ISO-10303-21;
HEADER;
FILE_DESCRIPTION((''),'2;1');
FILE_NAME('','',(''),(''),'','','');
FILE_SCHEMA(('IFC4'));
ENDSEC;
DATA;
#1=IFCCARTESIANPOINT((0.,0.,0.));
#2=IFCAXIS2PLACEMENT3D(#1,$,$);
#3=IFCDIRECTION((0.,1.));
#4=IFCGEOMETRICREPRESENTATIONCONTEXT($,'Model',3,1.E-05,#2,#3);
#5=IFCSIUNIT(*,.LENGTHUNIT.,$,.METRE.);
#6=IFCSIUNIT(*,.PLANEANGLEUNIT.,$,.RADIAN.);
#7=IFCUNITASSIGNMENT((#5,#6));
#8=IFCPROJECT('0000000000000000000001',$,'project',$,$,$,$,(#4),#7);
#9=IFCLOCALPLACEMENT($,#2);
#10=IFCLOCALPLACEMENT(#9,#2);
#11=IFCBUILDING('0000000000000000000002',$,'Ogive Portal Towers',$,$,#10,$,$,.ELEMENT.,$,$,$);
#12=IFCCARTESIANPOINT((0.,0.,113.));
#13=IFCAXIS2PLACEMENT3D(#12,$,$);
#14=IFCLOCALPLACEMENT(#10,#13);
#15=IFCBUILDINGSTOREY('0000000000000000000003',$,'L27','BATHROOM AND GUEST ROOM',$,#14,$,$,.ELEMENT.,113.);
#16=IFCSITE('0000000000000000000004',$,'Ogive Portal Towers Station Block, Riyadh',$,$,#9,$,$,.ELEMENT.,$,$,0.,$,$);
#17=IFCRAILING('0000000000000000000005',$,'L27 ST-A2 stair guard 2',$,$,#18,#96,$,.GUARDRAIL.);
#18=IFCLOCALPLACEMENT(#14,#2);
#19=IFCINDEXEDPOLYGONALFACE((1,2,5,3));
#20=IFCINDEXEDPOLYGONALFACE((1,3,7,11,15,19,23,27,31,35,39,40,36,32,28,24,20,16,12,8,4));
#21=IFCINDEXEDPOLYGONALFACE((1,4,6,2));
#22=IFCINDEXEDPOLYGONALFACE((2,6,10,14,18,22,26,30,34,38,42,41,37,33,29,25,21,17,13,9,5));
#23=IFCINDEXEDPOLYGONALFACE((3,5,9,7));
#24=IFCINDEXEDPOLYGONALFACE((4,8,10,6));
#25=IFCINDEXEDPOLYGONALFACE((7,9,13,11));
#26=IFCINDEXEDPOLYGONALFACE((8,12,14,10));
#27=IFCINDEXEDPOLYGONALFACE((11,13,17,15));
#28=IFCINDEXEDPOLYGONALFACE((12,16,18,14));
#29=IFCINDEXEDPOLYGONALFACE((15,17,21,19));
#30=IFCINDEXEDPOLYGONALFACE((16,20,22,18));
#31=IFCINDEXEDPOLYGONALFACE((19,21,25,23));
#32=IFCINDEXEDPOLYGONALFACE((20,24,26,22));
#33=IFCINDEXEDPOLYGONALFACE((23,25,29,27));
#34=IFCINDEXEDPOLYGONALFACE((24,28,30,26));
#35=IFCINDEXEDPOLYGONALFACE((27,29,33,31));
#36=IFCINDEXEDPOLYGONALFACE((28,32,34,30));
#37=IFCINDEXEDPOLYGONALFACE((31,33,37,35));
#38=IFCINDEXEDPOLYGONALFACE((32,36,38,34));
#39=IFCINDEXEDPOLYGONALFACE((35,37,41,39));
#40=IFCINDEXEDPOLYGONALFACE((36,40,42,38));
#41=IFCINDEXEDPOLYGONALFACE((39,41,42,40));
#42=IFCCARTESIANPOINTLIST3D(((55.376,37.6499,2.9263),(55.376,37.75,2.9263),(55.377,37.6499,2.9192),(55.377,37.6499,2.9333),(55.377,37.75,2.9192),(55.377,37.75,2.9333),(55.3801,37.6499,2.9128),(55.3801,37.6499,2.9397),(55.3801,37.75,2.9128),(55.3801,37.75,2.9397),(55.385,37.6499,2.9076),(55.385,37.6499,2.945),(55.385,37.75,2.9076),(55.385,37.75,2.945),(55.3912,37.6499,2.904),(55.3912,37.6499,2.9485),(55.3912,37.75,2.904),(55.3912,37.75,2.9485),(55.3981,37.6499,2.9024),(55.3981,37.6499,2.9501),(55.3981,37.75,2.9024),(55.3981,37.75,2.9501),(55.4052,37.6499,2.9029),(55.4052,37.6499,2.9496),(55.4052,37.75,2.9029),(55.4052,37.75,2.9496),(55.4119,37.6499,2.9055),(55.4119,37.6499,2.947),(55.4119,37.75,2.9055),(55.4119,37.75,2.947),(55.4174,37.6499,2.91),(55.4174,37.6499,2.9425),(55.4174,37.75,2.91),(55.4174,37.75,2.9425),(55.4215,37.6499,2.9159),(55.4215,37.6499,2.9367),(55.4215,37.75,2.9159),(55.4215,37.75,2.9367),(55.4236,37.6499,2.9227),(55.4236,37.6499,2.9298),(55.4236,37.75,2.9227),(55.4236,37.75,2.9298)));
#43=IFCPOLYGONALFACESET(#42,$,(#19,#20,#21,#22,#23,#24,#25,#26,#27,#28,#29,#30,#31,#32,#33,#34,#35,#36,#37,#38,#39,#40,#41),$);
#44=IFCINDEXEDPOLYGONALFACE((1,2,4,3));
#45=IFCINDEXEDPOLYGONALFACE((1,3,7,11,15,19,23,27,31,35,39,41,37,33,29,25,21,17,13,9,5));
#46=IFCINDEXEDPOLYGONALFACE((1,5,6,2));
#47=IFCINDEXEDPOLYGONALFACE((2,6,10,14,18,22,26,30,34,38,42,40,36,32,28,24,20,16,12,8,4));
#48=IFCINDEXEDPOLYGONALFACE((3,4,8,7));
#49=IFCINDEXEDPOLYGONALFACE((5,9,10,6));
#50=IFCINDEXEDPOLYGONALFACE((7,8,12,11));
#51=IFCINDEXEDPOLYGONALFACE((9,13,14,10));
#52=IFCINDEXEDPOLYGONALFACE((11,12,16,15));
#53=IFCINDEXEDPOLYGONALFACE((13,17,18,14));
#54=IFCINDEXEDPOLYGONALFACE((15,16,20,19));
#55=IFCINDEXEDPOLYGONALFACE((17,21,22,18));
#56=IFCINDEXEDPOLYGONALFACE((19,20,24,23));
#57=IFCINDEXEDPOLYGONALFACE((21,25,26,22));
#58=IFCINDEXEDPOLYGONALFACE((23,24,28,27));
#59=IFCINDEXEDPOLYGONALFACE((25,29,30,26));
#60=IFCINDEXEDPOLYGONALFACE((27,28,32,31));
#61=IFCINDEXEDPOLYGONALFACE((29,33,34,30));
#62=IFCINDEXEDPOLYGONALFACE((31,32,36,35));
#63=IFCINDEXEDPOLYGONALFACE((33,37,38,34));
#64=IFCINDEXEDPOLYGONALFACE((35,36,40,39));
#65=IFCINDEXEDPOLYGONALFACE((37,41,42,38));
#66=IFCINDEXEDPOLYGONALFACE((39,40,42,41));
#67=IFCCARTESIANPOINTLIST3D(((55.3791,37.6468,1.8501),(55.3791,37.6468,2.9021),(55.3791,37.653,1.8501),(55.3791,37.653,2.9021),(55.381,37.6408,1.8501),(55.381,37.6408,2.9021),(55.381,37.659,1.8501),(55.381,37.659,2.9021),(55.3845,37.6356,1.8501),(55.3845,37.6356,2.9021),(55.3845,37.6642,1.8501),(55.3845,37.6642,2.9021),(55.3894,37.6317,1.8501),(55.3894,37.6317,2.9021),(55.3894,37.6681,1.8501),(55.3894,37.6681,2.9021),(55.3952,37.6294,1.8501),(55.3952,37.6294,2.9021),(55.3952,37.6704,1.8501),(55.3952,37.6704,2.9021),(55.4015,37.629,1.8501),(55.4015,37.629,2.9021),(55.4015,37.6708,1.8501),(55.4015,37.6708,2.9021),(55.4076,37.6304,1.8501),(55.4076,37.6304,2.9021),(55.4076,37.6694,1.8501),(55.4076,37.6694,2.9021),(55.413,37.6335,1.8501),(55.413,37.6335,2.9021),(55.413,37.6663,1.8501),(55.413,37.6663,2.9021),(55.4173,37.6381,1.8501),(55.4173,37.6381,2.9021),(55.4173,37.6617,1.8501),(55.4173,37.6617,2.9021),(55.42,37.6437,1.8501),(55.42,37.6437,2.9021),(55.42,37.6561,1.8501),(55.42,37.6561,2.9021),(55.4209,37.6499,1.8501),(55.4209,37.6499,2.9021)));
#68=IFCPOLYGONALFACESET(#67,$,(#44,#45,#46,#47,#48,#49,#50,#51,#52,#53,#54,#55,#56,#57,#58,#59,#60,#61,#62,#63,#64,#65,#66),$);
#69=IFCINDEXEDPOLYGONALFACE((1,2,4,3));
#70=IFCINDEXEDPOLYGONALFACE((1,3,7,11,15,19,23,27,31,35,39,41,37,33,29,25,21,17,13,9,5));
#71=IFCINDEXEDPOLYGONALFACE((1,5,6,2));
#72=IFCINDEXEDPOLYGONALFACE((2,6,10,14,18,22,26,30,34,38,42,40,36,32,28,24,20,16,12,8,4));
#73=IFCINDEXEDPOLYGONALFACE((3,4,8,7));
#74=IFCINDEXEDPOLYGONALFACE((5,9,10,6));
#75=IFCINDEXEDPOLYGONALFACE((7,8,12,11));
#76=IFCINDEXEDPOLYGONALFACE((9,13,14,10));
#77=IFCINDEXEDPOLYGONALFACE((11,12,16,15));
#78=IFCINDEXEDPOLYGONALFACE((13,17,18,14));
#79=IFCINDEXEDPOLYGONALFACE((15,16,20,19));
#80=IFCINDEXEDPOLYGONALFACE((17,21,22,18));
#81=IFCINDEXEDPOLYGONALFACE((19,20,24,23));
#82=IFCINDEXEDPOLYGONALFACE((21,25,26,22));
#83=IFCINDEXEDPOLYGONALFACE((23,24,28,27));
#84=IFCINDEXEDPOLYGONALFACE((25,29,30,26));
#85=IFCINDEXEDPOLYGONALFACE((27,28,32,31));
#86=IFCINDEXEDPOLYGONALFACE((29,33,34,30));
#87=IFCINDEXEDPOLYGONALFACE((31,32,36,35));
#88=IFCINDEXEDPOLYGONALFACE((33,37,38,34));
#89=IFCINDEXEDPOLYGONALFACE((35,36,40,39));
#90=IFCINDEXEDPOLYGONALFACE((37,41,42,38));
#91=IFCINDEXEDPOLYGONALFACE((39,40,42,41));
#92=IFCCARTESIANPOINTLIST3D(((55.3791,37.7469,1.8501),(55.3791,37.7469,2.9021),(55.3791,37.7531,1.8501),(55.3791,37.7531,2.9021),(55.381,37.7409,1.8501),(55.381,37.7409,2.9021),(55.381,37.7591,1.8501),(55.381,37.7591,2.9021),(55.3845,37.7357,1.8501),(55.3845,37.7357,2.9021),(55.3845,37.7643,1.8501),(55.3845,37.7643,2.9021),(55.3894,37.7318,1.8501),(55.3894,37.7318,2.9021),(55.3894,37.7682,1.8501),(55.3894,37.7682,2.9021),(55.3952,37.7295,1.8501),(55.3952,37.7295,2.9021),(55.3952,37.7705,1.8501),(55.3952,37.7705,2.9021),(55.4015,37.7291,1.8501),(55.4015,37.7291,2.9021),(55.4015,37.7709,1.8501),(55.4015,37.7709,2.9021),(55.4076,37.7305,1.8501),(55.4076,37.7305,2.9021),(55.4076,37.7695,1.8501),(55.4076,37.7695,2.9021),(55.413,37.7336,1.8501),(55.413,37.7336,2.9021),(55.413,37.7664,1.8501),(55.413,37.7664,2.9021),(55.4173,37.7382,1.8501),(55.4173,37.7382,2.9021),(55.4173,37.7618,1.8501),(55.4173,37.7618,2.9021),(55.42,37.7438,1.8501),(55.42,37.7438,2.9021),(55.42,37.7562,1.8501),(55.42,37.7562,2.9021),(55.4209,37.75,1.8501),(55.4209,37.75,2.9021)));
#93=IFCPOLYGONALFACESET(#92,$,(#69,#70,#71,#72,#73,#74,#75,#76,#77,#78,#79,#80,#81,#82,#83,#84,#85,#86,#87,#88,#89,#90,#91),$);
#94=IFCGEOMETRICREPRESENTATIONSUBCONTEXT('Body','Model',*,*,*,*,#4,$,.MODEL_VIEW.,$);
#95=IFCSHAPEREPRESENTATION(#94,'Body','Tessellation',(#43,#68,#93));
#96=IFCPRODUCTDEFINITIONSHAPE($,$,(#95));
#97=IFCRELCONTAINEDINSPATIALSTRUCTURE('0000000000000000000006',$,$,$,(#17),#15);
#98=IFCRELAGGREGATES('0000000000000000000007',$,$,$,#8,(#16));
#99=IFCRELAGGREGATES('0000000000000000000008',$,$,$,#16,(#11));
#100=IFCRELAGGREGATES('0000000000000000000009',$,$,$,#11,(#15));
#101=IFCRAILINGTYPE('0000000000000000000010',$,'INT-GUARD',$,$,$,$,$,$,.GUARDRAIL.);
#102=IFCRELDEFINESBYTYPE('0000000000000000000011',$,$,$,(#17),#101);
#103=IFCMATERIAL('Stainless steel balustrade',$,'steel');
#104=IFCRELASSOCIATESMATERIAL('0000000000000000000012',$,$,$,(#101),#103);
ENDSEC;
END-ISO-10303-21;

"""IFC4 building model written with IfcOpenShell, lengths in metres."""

from ifc_helpers import new_model, si_unit, direction, frame, origin, origin_2d, place, context, subcontext, project, spatial, circle, extrude, material, type_object, element, save


model = new_model("IFC4")

# Units and contexts
model_context = context("Model", 3, precision=1e-05, world=origin(), true_north=direction((0.0, 1.0)))
body_context = subcontext(model_context, "Body", "Model", "MODEL_VIEW")
ifc_project = project(units=[si_unit("LENGTHUNIT", "METRE"), si_unit("PLANEANGLEUNIT", "RADIAN")], contexts=[model_context])

# Site, building, storey
site_placement = place(None, origin())
site = spatial("IfcSite", under=ifc_project, at=site_placement, Name="Ogive Portal Towers Station Block, Riyadh", CompositionType="ELEMENT", RefElevation=0.0)
building_placement = place(site_placement, origin())
building = spatial("IfcBuilding", under=site, at=building_placement, Name="Ogive Portal Towers", CompositionType="ELEMENT")
storey_placement = place(building_placement, frame((0.0, 0.0, 113.0)))
storey = spatial("IfcBuildingStorey", under=building, at=storey_placement, Name="L27", Description="BATHROOM AND GUEST ROOM", CompositionType="ELEMENT", Elevation=113.0)

# Railing
ifc_material_1 = material(Name="Stainless steel balustrade", Category="steel")
railing_type_1 = type_object("IfcRailingType", Name="INT-GUARD", PredefinedType="GUARDRAIL", material=ifc_material_1)
railing_1_placement = place(storey_placement, frame((55.3999, 37.6499, 1.8501)))
element("IfcRailing", 1, at=railing_1_placement, inside=storey, type_object=railing_type_1, Name="L27 ST-A2 stair guard 2", PredefinedType="GUARDRAIL", context=body_context, shape_type="SweptSolid", body=[
    extrude(circle(Radius=0.0239, at=origin_2d()), frame((0.0, 0.0, 1.0762), z_axis=(0.0, 1.0, 0.0), x_axis=(-1.0, 0.0, 0.0)), (0.0, 0.0, 1.0), 0.1001),
    extrude(circle(Radius=0.021, at=origin_2d()), origin(), (0.0, 0.0, 1.0), 1.052),
    extrude(circle(Radius=0.021, at=origin_2d()), frame((0.0, 0.1001, 0.0)), (0.0, 0.0, 1.0), 1.052),
])

save(model, "model.ifc")
